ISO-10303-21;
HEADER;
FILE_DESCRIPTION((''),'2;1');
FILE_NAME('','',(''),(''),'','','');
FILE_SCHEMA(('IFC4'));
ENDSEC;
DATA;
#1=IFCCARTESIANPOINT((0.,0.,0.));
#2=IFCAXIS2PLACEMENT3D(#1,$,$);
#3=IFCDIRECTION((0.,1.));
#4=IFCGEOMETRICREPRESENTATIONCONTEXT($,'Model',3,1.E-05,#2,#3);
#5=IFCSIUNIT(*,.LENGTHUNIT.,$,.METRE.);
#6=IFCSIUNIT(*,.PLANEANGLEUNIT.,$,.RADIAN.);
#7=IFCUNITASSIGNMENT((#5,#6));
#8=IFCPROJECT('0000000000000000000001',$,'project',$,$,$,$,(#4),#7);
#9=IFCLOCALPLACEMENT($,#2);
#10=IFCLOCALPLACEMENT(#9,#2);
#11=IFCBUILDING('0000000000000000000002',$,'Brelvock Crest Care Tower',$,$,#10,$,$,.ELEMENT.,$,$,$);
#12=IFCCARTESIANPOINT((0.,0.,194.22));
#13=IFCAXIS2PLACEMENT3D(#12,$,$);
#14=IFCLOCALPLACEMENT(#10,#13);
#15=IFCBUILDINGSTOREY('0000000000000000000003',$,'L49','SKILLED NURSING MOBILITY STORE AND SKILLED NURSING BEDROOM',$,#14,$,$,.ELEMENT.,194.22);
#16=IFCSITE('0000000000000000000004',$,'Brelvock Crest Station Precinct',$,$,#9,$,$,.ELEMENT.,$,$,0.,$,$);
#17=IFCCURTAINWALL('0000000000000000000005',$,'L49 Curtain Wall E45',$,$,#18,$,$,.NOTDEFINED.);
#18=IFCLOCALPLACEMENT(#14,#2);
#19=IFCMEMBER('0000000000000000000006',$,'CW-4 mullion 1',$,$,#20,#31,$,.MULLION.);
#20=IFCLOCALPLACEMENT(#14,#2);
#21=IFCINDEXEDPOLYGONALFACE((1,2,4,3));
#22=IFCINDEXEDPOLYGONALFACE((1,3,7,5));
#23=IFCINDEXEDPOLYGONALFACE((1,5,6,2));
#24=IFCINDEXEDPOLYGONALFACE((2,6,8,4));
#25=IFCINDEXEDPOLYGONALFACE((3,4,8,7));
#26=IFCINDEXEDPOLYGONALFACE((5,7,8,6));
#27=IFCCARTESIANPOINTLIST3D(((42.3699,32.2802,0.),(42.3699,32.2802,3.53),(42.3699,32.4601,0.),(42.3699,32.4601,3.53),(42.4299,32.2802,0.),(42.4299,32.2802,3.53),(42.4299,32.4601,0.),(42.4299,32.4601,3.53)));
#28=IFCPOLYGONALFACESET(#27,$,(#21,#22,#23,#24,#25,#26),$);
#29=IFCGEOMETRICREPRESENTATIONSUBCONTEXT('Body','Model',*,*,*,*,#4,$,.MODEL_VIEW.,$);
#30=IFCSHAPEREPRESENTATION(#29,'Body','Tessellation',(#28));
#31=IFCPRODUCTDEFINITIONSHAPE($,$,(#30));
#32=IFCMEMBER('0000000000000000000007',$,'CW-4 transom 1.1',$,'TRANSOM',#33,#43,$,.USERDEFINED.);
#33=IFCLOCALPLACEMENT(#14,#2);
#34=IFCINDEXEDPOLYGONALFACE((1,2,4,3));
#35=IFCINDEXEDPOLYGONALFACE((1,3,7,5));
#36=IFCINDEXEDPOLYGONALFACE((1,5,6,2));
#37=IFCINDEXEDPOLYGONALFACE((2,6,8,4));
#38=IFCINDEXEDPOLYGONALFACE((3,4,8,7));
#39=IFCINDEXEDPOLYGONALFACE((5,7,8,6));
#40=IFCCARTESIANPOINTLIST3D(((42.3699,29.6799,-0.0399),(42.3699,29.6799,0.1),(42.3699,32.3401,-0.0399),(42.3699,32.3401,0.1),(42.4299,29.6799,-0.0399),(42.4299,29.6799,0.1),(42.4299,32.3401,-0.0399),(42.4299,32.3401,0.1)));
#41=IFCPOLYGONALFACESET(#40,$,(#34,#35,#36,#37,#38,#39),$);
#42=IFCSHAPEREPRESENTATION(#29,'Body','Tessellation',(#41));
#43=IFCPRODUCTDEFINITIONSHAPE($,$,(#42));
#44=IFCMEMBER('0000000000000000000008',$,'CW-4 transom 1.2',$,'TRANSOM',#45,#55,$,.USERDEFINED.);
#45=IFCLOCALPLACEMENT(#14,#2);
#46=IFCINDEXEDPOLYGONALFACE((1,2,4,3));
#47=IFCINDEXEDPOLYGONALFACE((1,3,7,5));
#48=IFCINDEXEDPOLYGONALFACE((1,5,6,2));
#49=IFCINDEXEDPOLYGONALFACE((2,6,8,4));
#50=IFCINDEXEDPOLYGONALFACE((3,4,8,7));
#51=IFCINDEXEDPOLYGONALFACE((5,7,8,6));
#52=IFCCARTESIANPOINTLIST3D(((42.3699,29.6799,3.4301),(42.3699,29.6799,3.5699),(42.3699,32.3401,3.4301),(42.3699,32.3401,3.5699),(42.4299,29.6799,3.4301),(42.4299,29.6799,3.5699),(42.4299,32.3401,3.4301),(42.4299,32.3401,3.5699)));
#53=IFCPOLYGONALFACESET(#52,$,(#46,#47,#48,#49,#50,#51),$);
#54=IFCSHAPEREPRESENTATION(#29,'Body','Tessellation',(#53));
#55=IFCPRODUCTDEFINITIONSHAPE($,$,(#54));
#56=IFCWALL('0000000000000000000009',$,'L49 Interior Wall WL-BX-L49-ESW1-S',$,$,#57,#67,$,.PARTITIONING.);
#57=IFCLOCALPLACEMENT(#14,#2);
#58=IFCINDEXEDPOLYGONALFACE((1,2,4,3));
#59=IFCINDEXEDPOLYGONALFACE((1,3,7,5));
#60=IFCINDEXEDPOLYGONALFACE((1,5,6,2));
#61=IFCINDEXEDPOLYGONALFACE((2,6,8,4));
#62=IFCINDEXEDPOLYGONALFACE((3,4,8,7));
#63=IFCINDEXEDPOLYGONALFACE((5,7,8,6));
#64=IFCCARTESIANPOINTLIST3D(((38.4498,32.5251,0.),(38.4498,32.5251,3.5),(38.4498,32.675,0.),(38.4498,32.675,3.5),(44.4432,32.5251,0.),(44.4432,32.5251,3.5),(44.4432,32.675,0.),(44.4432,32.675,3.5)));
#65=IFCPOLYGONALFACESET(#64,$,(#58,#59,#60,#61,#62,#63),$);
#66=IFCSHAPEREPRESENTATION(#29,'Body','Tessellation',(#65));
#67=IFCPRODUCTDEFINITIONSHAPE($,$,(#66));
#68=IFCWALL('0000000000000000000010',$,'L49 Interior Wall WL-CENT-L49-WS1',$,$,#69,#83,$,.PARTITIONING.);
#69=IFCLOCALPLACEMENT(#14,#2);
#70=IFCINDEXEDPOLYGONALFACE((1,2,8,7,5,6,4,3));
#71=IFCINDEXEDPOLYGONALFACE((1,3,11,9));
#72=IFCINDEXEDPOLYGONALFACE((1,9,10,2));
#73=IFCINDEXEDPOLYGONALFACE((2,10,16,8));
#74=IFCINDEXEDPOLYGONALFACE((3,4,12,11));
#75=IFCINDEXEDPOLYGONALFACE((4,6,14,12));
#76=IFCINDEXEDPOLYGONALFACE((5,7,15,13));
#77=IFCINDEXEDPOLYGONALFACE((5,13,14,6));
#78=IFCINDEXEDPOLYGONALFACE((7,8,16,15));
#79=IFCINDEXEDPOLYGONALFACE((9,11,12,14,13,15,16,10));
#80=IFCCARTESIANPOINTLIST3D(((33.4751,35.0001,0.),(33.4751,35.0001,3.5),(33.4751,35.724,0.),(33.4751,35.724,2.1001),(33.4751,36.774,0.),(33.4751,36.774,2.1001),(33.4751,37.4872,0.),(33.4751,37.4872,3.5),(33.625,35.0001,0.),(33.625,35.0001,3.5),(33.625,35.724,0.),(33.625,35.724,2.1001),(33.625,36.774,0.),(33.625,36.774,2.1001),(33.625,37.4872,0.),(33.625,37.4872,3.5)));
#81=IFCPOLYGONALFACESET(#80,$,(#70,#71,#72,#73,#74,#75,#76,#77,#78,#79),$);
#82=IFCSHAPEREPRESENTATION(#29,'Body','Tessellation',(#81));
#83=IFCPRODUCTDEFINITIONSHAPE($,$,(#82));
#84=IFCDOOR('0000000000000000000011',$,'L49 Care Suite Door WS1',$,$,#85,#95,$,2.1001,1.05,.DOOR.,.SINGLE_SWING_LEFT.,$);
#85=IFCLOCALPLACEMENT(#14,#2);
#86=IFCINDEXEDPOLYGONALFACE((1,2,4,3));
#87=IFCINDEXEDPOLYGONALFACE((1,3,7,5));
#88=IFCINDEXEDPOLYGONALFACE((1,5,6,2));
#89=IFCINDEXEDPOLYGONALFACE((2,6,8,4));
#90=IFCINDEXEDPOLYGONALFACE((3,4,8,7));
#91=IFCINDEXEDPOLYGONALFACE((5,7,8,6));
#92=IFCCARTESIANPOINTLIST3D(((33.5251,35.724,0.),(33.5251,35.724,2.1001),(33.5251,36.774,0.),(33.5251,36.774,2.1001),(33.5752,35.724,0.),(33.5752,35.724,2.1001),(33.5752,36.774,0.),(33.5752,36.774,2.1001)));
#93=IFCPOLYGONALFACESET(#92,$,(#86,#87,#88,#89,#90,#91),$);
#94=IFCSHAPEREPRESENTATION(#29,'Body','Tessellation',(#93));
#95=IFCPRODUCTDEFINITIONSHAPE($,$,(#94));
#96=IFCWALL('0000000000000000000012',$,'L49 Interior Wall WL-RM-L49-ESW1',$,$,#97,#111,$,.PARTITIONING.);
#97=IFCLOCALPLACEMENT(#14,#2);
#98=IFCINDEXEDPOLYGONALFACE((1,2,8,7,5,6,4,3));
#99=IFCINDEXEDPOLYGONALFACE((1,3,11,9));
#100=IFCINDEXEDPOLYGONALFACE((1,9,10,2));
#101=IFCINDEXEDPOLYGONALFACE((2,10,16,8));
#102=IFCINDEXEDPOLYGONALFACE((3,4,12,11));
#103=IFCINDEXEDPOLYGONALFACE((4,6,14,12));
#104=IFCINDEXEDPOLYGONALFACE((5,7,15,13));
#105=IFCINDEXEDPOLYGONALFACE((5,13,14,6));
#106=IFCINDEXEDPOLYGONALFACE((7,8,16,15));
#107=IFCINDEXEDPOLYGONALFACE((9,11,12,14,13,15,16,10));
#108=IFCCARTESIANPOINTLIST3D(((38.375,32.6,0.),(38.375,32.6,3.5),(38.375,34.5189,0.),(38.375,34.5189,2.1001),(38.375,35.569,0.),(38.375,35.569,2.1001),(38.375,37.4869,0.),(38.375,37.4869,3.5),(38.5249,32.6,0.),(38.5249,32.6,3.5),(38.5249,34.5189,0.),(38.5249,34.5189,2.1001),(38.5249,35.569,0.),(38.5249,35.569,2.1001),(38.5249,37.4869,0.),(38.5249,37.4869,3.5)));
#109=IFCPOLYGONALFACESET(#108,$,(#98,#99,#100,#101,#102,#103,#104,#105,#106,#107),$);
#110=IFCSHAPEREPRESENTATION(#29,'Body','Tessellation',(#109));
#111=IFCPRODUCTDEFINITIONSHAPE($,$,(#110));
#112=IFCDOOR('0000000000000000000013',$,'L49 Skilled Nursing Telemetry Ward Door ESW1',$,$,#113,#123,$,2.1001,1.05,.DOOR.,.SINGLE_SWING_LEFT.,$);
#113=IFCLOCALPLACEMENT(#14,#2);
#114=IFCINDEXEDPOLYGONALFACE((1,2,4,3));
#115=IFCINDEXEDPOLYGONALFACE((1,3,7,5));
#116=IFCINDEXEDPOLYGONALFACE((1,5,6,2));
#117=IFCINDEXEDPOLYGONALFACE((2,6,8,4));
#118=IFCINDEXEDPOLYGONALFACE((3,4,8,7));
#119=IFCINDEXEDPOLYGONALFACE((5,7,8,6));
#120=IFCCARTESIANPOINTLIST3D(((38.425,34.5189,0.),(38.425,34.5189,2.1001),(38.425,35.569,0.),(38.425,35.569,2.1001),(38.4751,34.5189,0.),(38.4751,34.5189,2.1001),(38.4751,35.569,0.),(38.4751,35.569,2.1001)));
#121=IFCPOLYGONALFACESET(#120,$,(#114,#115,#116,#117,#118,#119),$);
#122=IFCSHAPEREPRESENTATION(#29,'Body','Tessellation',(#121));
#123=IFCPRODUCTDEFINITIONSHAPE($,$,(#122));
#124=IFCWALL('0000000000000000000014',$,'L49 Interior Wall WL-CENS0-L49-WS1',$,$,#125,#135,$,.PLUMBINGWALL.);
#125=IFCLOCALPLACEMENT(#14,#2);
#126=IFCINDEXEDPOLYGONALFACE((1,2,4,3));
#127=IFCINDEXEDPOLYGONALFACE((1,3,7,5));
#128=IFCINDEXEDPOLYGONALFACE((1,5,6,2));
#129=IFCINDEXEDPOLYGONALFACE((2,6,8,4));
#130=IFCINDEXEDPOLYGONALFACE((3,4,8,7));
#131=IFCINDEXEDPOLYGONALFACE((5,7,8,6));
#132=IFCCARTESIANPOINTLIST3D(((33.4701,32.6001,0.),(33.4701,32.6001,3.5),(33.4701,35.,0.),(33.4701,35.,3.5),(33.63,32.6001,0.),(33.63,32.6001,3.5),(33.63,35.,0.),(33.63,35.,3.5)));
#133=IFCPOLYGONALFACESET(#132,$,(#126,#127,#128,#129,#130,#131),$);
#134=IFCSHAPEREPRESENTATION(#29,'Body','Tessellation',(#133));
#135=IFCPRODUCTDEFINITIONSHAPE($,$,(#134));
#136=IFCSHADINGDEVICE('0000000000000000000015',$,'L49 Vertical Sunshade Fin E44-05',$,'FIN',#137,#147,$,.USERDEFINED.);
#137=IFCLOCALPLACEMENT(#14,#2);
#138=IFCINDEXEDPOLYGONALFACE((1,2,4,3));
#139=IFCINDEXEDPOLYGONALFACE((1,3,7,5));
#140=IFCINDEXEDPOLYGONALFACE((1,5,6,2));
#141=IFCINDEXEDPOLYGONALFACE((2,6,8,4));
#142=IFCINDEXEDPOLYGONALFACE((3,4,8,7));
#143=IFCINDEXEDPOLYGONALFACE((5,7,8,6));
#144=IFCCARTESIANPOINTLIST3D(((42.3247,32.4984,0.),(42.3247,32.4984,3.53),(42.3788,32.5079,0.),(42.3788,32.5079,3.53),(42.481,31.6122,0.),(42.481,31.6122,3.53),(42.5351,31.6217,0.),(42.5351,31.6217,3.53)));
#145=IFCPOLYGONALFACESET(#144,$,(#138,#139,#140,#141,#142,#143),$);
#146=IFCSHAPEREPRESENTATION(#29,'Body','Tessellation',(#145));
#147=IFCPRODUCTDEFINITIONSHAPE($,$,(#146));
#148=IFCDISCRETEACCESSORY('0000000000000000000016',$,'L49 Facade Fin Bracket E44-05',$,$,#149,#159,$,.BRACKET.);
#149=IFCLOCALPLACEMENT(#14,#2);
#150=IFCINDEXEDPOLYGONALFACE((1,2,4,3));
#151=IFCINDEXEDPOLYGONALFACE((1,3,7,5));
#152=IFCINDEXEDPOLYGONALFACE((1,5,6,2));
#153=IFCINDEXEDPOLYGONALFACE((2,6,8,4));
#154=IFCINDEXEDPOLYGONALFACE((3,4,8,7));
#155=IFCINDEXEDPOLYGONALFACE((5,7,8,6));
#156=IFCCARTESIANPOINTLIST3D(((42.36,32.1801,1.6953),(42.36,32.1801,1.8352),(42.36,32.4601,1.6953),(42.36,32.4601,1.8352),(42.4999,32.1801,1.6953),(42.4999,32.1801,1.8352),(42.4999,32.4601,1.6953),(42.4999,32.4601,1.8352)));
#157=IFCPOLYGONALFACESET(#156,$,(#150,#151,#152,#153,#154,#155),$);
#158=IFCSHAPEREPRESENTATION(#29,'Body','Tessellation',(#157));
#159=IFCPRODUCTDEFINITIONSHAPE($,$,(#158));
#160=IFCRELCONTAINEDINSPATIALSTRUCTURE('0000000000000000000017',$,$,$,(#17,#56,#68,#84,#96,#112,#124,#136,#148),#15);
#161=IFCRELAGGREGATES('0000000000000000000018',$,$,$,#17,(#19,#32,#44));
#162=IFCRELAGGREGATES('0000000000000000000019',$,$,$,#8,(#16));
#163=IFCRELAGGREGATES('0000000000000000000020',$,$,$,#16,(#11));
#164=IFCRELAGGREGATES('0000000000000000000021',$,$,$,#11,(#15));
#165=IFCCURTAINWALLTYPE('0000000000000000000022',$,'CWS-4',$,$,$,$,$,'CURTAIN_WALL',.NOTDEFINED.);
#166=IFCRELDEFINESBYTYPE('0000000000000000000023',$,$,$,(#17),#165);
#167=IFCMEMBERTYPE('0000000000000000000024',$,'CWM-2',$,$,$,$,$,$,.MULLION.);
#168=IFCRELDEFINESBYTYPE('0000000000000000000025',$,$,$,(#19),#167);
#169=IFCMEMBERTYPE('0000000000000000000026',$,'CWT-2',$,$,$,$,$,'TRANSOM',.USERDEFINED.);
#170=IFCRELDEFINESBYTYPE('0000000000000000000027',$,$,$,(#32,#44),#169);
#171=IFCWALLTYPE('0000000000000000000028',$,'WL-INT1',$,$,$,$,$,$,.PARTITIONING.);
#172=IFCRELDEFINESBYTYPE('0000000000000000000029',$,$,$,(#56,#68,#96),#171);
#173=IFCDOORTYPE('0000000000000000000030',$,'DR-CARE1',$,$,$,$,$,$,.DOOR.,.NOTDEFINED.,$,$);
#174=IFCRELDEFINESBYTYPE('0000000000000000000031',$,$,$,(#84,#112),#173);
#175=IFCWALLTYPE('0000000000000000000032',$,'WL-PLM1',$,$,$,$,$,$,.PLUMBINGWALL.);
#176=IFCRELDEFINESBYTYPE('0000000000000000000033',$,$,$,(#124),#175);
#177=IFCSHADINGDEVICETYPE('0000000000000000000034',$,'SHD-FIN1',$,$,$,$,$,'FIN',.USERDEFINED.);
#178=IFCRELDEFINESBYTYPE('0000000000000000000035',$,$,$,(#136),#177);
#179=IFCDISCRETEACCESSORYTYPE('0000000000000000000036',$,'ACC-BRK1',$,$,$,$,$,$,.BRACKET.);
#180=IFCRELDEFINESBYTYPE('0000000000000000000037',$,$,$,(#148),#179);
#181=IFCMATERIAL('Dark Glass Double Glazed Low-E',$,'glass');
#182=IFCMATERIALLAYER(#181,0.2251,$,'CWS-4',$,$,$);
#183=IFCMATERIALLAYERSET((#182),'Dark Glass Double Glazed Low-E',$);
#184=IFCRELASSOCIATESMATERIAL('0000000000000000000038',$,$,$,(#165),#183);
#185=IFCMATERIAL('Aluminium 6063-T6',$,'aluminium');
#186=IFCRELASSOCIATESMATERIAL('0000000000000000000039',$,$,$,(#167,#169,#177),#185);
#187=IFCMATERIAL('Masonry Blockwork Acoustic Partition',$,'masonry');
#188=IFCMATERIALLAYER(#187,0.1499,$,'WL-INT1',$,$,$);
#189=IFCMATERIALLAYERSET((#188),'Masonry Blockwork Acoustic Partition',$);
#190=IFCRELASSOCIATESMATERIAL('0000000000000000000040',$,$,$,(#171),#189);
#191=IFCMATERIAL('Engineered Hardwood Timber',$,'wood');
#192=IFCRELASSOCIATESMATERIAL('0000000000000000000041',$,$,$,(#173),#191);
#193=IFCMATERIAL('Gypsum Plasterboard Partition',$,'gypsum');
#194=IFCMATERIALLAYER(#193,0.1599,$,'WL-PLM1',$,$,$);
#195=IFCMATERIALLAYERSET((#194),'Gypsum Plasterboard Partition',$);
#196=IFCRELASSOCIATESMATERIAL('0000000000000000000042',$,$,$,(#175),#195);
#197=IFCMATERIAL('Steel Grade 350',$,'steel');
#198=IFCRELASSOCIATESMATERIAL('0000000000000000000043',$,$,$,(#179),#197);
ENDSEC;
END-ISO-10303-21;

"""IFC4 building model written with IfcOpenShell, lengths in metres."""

from ifc_helpers import new_model, si_unit, direction, frame, frame_2d, origin, origin_2d, place, context, subcontext, project, spatial, rectangle, extrude, source, transform, mapped, material, layer, layer_set, material_profile, profile_set, type_object, element, fill, aggregate, save


model = new_model("IFC4")

# Units and contexts
model_context = context("Model", 3, precision=1e-05, world=origin(), true_north=direction((0.0, 1.0)))
body_context = subcontext(model_context, "Body", "Model", "MODEL_VIEW")
ifc_project = project(units=[si_unit("LENGTHUNIT", "METRE"), si_unit("PLANEANGLEUNIT", "RADIAN")], contexts=[model_context])

# Site, building, storey
site_placement = place(None, origin())
site = spatial("IfcSite", under=ifc_project, at=site_placement, Name="Brelvock Crest Station Precinct", CompositionType="ELEMENT", RefElevation=0.0)
building_placement = place(site_placement, origin())
building = spatial("IfcBuilding", under=site, at=building_placement, Name="Brelvock Crest Care Tower", CompositionType="ELEMENT")
storey_placement = place(building_placement, frame((0.0, 0.0, 194.22)))
storey = spatial("IfcBuildingStorey", under=building, at=storey_placement, Name="L49", Description="SKILLED NURSING MOBILITY STORE AND SKILLED NURSING BEDROOM", CompositionType="ELEMENT", Elevation=194.22)

# Shared definitions
ifc_material_1 = material(Name="Steel Grade 350", Category="steel")

# Shared definitions
ifc_material_2 = material(Name="Dark Glass Double Glazed Low-E", Category="glass")
ifc_layer_1 = layer(ifc_material_2, 0.2251, Name="CWS-4")
ifc_layer_set_1 = layer_set([ifc_layer_1], Name="Dark Glass Double Glazed Low-E")
curtain_wall_type = type_object("IfcCurtainWallType", Name="CWS-4", ElementType="CURTAIN_WALL", PredefinedType="NOTDEFINED", material=ifc_layer_set_1)
ifc_material_3 = material(Name="Aluminium 6063-T6", Category="aluminium")
ifc_material_profile_1 = material_profile(ifc_material_3, rectangle(XDim=0.0601, YDim=0.1799, at=origin_2d()), Name="ALU60x180")
ifc_profile_set_1 = profile_set([ifc_material_profile_1], Name="Aluminium 6063-T6")
member_type_1 = type_object("IfcMemberType", Name="CWM-2", PredefinedType="MULLION", material=ifc_profile_set_1)
shared_shape_1 = source(origin(), body_context, "Body", "SweptSolid", [
    extrude(rectangle(XDim=0.0601, YDim=0.1799, at=origin_2d()), origin(), (0.0, 0.0, 1.0), 3.53),
])

# Curtain wall, members
curtain_wall_1_placement = place(storey_placement, origin())
curtain_wall_1 = element("IfcCurtainWall", 1, at=curtain_wall_1_placement, inside=storey, type_object=curtain_wall_type, Name="L49 Curtain Wall E45", PredefinedType="NOTDEFINED")
member_1_placement = place(storey_placement, frame((42.3999, 32.3701, 0.0), z_axis=(0.0, 0.0, 1.0), x_axis=(1.0, 0.0, 0.0)))
member_1 = element("IfcMember", 2, at=member_1_placement, type_object=member_type_1, Name="CW-4 mullion 1", PredefinedType="MULLION", context=body_context, shape_type="MappedRepresentation", body=[
    mapped(shared_shape_1, transform((0.0, 0.0, 0.0), x_axis=(1.0, 0.0, 0.0), y_axis=(0.0, 1.0, 0.0), z_axis=(0.0, 0.0, 1.0), scale=1.0)),
])
ifc_material_profile_2 = material_profile(ifc_material_3, rectangle(XDim=0.0601, YDim=0.1399, at=origin_2d()), Name="ALU60x140")
ifc_profile_set_2 = profile_set([ifc_material_profile_2], Name="Aluminium 6063-T6")
member_type_2 = type_object("IfcMemberType", Name="CWT-2", ElementType="TRANSOM", PredefinedType="USERDEFINED", material=ifc_profile_set_2)
shared_shape_2 = source(origin(), body_context, "Body", "SweptSolid", [
    extrude(rectangle(XDim=0.0601, YDim=0.1399, at=origin_2d()), origin(), (0.0, 0.0, 1.0), 2.6602),
])
member_2_placement = place(storey_placement, frame((42.3999, 32.3401, 0.03), z_axis=(0.0, -1.0, 0.0), x_axis=(1.0, 0.0, 0.0)))
member_2 = element("IfcMember", 3, at=member_2_placement, type_object=member_type_2, Name="CW-4 transom 1.1", ObjectType="TRANSOM", PredefinedType="USERDEFINED", context=body_context, shape_type="MappedRepresentation", body=[
    mapped(shared_shape_2, transform((0.0, 0.0, 0.0), x_axis=(1.0, 0.0, 0.0), y_axis=(0.0, 1.0, 0.0), z_axis=(0.0, 0.0, 1.0), scale=1.0)),
])
member_3_placement = place(storey_placement, frame((42.3999, 32.3401, 3.5), z_axis=(0.0, -1.0, 0.0), x_axis=(1.0, 0.0, 0.0)))
member_3 = element("IfcMember", 4, at=member_3_placement, type_object=member_type_2, Name="CW-4 transom 1.2", ObjectType="TRANSOM", PredefinedType="USERDEFINED", context=body_context, shape_type="MappedRepresentation", body=[
    mapped(shared_shape_2, transform((0.0, 0.0, 0.0), x_axis=(1.0, 0.0, 0.0), y_axis=(0.0, 1.0, 0.0), z_axis=(0.0, 0.0, 1.0), scale=1.0)),
])
aggregate(curtain_wall_1, [member_1, member_2, member_3])

# Wall
ifc_material_4 = material(Name="Masonry Blockwork Acoustic Partition", Category="masonry")
ifc_layer_2 = layer(ifc_material_4, 0.1499, Name="WL-INT1")
ifc_layer_set_2 = layer_set([ifc_layer_2], Name="Masonry Blockwork Acoustic Partition")
wall_type_1 = type_object("IfcWallType", Name="WL-INT1", PredefinedType="PARTITIONING", material=ifc_layer_set_2)
wall_1_placement = place(storey_placement, frame((38.45, 32.6001, 0.0), z_axis=(0.0, 0.0, 1.0), x_axis=(1.0, 0.0, 0.0)))
element("IfcWall", 5, at=wall_1_placement, inside=storey, type_object=wall_type_1, Name="L49 Interior Wall WL-BX-L49-ESW1-S", PredefinedType="PARTITIONING", context=body_context, shape_type="SweptSolid", body=[
    extrude(rectangle(XDim=5.9934, YDim=0.1499, at=frame_2d((2.9966, 0.0))), origin(), (0.0, 0.0, 1.0), 3.5),
])

# Walls, openings, doors
wall_2_placement = place(storey_placement, frame((33.55, 35.0, 0.0), z_axis=(0.0, 0.0, 1.0), x_axis=(0.0, 1.0, 0.0)))
wall_2 = element("IfcWall", 6, at=wall_2_placement, inside=storey, type_object=wall_type_1, Name="L49 Interior Wall WL-CENT-L49-WS1", PredefinedType="PARTITIONING", context=body_context, shape_type="SweptSolid", body=[
    extrude(rectangle(XDim=2.4871, YDim=0.1499, at=frame_2d((1.2437, 0.0))), origin(), (0.0, 0.0, 1.0), 3.5),
])
opening_1_placement = place(wall_2_placement, frame((0.7241, 0.0, 0.0)))
opening_1 = element("IfcOpeningElement", 7, at=opening_1_placement, cuts=wall_2, PredefinedType="OPENING", context=body_context, shape_type="SweptSolid", body=[
    extrude(rectangle(XDim=1.05, YDim=2.1001, at=origin_2d()), frame((0.5249, 0.085, 1.05), z_axis=(0.0, -1.0, 0.0), x_axis=(1.0, 0.0, 0.0)), (0.0, 0.0, 1.0), 0.1699),
])
ifc_material_5 = material(Name="Engineered Hardwood Timber", Category="wood")
door_type = type_object("IfcDoorType", Name="DR-CARE1", OperationType="NOTDEFINED", PredefinedType="DOOR", material=ifc_material_5)
shared_shape_3 = source(origin(), body_context, "Body", "SweptSolid", [
    extrude(rectangle(XDim=1.05, YDim=2.1001, at=origin_2d()), frame((0.5249, 0.0249, 1.05), z_axis=(0.0, -1.0, 0.0), x_axis=(1.0, 0.0, 0.0)), (0.0, 0.0, 1.0), 0.05),
])
door_1_placement = place(opening_1_placement, origin())
door_1 = element("IfcDoor", 8, at=door_1_placement, inside=storey, type_object=door_type, Name="L49 Care Suite Door WS1", OperationType="SINGLE_SWING_LEFT", OverallHeight=2.1001, OverallWidth=1.05, PredefinedType="DOOR", context=body_context, shape_type="MappedRepresentation", body=[
    mapped(shared_shape_3, transform((0.0, 0.0, 0.0), x_axis=(1.0, 0.0, 0.0), y_axis=(0.0, 1.0, 0.0), z_axis=(0.0, 0.0, 1.0), scale=1.0)),
])
fill(opening_1, door_1)
wall_3_placement = place(storey_placement, frame((38.45, 32.6001, 0.0), z_axis=(0.0, 0.0, 1.0), x_axis=(0.0, 1.0, 0.0)))
wall_3 = element("IfcWall", 9, at=wall_3_placement, inside=storey, type_object=wall_type_1, Name="L49 Interior Wall WL-RM-L49-ESW1", PredefinedType="PARTITIONING", context=body_context, shape_type="SweptSolid", body=[
    extrude(rectangle(XDim=4.887, YDim=0.1499, at=frame_2d((2.4434, 0.0))), origin(), (0.0, 0.0, 1.0), 3.5),
])
opening_2_placement = place(wall_3_placement, frame((1.9189, 0.0, 0.0)))
opening_2 = element("IfcOpeningElement", 10, at=opening_2_placement, cuts=wall_3, PredefinedType="OPENING", context=body_context, shape_type="SweptSolid", body=[
    extrude(rectangle(XDim=1.05, YDim=2.1001, at=origin_2d()), frame((0.5249, 0.085, 1.05), z_axis=(0.0, -1.0, 0.0), x_axis=(1.0, 0.0, 0.0)), (0.0, 0.0, 1.0), 0.1699),
])
door_2_placement = place(opening_2_placement, origin())
door_2 = element("IfcDoor", 11, at=door_2_placement, inside=storey, type_object=door_type, Name="L49 Skilled Nursing Telemetry Ward Door ESW1", OperationType="SINGLE_SWING_LEFT", OverallHeight=2.1001, OverallWidth=1.05, PredefinedType="DOOR", context=body_context, shape_type="MappedRepresentation", body=[
    mapped(shared_shape_3, transform((0.0, 0.0, 0.0), x_axis=(1.0, 0.0, 0.0), y_axis=(0.0, 1.0, 0.0), z_axis=(0.0, 0.0, 1.0), scale=1.0)),
])
fill(opening_2, door_2)

# Wall
ifc_material_6 = material(Name="Gypsum Plasterboard Partition", Category="gypsum")
ifc_layer_3 = layer(ifc_material_6, 0.1599, Name="WL-PLM1")
ifc_layer_set_3 = layer_set([ifc_layer_3], Name="Gypsum Plasterboard Partition")
wall_type_2 = type_object("IfcWallType", Name="WL-PLM1", PredefinedType="PLUMBINGWALL", material=ifc_layer_set_3)
wall_4_placement = place(storey_placement, frame((33.55, 32.6001, 0.0), z_axis=(0.0, 0.0, 1.0), x_axis=(0.0, 1.0, 0.0)))
element("IfcWall", 12, at=wall_4_placement, inside=storey, type_object=wall_type_2, Name="L49 Interior Wall WL-CENS0-L49-WS1", PredefinedType="PLUMBINGWALL", context=body_context, shape_type="SweptSolid", body=[
    extrude(rectangle(XDim=2.3999, YDim=0.1599, at=frame_2d((1.2, 0.0))), origin(), (0.0, 0.0, 1.0), 3.5),
])

# Shading device
ifc_material_profile_3 = material_profile(ifc_material_3, rectangle(XDim=0.0549, YDim=0.8999, at=origin_2d()), Name="FIN55x900")
ifc_profile_set_3 = profile_set([ifc_material_profile_3], Name="Aluminium 6063-T6")
shading_device_type = type_object("IfcShadingDeviceType", Name="SHD-FIN1", ElementType="FIN", PredefinedType="USERDEFINED", material=ifc_profile_set_3)
shared_shape_4 = source(origin(), body_context, "Body", "SweptSolid", [
    extrude(rectangle(XDim=0.0549, YDim=0.8999, at=origin_2d()), origin(), (0.0, 0.0, 1.0), 3.53),
])
shading_device_placement = place(storey_placement, frame((42.4299, 32.0601, 0.0), z_axis=(0.0, 0.0, 1.0), x_axis=(-0.984808, -0.173648, 0.0)))
element("IfcShadingDevice", 13, at=shading_device_placement, inside=storey, type_object=shading_device_type, Name="L49 Vertical Sunshade Fin E44-05", ObjectType="FIN", PredefinedType="USERDEFINED", context=body_context, shape_type="MappedRepresentation", body=[
    mapped(shared_shape_4, transform((0.0, 0.0, 0.0), x_axis=(1.0, 0.0, 0.0), y_axis=(0.0, 1.0, 0.0), z_axis=(0.0, 0.0, 1.0), scale=1.0)),
])

# Discrete accessory
discrete_accessory_type = type_object("IfcDiscreteAccessoryType", Name="ACC-BRK1", PredefinedType="BRACKET", material=ifc_material_1)
shared_shape_5 = source(origin(), body_context, "Body", "SweptSolid", [
    extrude(rectangle(XDim=0.28, YDim=0.1399, at=origin_2d()), origin(), (0.0, 0.0, 1.0), 0.1399),
])
discrete_accessory_placement = place(storey_placement, frame((42.4299, 32.3201, 1.6953), z_axis=(0.0, 0.0, 1.0), x_axis=(0.0, -1.0, 0.0)))
element("IfcDiscreteAccessory", 14, at=discrete_accessory_placement, inside=storey, type_object=discrete_accessory_type, Name="L49 Facade Fin Bracket E44-05", PredefinedType="BRACKET", context=body_context, shape_type="MappedRepresentation", body=[
    mapped(shared_shape_5, transform((0.0, 0.0, 0.0), x_axis=(1.0, 0.0, 0.0), y_axis=(0.0, 1.0, 0.0), z_axis=(0.0, 0.0, 1.0), scale=1.0)),
])

save(model, "model.ifc")
